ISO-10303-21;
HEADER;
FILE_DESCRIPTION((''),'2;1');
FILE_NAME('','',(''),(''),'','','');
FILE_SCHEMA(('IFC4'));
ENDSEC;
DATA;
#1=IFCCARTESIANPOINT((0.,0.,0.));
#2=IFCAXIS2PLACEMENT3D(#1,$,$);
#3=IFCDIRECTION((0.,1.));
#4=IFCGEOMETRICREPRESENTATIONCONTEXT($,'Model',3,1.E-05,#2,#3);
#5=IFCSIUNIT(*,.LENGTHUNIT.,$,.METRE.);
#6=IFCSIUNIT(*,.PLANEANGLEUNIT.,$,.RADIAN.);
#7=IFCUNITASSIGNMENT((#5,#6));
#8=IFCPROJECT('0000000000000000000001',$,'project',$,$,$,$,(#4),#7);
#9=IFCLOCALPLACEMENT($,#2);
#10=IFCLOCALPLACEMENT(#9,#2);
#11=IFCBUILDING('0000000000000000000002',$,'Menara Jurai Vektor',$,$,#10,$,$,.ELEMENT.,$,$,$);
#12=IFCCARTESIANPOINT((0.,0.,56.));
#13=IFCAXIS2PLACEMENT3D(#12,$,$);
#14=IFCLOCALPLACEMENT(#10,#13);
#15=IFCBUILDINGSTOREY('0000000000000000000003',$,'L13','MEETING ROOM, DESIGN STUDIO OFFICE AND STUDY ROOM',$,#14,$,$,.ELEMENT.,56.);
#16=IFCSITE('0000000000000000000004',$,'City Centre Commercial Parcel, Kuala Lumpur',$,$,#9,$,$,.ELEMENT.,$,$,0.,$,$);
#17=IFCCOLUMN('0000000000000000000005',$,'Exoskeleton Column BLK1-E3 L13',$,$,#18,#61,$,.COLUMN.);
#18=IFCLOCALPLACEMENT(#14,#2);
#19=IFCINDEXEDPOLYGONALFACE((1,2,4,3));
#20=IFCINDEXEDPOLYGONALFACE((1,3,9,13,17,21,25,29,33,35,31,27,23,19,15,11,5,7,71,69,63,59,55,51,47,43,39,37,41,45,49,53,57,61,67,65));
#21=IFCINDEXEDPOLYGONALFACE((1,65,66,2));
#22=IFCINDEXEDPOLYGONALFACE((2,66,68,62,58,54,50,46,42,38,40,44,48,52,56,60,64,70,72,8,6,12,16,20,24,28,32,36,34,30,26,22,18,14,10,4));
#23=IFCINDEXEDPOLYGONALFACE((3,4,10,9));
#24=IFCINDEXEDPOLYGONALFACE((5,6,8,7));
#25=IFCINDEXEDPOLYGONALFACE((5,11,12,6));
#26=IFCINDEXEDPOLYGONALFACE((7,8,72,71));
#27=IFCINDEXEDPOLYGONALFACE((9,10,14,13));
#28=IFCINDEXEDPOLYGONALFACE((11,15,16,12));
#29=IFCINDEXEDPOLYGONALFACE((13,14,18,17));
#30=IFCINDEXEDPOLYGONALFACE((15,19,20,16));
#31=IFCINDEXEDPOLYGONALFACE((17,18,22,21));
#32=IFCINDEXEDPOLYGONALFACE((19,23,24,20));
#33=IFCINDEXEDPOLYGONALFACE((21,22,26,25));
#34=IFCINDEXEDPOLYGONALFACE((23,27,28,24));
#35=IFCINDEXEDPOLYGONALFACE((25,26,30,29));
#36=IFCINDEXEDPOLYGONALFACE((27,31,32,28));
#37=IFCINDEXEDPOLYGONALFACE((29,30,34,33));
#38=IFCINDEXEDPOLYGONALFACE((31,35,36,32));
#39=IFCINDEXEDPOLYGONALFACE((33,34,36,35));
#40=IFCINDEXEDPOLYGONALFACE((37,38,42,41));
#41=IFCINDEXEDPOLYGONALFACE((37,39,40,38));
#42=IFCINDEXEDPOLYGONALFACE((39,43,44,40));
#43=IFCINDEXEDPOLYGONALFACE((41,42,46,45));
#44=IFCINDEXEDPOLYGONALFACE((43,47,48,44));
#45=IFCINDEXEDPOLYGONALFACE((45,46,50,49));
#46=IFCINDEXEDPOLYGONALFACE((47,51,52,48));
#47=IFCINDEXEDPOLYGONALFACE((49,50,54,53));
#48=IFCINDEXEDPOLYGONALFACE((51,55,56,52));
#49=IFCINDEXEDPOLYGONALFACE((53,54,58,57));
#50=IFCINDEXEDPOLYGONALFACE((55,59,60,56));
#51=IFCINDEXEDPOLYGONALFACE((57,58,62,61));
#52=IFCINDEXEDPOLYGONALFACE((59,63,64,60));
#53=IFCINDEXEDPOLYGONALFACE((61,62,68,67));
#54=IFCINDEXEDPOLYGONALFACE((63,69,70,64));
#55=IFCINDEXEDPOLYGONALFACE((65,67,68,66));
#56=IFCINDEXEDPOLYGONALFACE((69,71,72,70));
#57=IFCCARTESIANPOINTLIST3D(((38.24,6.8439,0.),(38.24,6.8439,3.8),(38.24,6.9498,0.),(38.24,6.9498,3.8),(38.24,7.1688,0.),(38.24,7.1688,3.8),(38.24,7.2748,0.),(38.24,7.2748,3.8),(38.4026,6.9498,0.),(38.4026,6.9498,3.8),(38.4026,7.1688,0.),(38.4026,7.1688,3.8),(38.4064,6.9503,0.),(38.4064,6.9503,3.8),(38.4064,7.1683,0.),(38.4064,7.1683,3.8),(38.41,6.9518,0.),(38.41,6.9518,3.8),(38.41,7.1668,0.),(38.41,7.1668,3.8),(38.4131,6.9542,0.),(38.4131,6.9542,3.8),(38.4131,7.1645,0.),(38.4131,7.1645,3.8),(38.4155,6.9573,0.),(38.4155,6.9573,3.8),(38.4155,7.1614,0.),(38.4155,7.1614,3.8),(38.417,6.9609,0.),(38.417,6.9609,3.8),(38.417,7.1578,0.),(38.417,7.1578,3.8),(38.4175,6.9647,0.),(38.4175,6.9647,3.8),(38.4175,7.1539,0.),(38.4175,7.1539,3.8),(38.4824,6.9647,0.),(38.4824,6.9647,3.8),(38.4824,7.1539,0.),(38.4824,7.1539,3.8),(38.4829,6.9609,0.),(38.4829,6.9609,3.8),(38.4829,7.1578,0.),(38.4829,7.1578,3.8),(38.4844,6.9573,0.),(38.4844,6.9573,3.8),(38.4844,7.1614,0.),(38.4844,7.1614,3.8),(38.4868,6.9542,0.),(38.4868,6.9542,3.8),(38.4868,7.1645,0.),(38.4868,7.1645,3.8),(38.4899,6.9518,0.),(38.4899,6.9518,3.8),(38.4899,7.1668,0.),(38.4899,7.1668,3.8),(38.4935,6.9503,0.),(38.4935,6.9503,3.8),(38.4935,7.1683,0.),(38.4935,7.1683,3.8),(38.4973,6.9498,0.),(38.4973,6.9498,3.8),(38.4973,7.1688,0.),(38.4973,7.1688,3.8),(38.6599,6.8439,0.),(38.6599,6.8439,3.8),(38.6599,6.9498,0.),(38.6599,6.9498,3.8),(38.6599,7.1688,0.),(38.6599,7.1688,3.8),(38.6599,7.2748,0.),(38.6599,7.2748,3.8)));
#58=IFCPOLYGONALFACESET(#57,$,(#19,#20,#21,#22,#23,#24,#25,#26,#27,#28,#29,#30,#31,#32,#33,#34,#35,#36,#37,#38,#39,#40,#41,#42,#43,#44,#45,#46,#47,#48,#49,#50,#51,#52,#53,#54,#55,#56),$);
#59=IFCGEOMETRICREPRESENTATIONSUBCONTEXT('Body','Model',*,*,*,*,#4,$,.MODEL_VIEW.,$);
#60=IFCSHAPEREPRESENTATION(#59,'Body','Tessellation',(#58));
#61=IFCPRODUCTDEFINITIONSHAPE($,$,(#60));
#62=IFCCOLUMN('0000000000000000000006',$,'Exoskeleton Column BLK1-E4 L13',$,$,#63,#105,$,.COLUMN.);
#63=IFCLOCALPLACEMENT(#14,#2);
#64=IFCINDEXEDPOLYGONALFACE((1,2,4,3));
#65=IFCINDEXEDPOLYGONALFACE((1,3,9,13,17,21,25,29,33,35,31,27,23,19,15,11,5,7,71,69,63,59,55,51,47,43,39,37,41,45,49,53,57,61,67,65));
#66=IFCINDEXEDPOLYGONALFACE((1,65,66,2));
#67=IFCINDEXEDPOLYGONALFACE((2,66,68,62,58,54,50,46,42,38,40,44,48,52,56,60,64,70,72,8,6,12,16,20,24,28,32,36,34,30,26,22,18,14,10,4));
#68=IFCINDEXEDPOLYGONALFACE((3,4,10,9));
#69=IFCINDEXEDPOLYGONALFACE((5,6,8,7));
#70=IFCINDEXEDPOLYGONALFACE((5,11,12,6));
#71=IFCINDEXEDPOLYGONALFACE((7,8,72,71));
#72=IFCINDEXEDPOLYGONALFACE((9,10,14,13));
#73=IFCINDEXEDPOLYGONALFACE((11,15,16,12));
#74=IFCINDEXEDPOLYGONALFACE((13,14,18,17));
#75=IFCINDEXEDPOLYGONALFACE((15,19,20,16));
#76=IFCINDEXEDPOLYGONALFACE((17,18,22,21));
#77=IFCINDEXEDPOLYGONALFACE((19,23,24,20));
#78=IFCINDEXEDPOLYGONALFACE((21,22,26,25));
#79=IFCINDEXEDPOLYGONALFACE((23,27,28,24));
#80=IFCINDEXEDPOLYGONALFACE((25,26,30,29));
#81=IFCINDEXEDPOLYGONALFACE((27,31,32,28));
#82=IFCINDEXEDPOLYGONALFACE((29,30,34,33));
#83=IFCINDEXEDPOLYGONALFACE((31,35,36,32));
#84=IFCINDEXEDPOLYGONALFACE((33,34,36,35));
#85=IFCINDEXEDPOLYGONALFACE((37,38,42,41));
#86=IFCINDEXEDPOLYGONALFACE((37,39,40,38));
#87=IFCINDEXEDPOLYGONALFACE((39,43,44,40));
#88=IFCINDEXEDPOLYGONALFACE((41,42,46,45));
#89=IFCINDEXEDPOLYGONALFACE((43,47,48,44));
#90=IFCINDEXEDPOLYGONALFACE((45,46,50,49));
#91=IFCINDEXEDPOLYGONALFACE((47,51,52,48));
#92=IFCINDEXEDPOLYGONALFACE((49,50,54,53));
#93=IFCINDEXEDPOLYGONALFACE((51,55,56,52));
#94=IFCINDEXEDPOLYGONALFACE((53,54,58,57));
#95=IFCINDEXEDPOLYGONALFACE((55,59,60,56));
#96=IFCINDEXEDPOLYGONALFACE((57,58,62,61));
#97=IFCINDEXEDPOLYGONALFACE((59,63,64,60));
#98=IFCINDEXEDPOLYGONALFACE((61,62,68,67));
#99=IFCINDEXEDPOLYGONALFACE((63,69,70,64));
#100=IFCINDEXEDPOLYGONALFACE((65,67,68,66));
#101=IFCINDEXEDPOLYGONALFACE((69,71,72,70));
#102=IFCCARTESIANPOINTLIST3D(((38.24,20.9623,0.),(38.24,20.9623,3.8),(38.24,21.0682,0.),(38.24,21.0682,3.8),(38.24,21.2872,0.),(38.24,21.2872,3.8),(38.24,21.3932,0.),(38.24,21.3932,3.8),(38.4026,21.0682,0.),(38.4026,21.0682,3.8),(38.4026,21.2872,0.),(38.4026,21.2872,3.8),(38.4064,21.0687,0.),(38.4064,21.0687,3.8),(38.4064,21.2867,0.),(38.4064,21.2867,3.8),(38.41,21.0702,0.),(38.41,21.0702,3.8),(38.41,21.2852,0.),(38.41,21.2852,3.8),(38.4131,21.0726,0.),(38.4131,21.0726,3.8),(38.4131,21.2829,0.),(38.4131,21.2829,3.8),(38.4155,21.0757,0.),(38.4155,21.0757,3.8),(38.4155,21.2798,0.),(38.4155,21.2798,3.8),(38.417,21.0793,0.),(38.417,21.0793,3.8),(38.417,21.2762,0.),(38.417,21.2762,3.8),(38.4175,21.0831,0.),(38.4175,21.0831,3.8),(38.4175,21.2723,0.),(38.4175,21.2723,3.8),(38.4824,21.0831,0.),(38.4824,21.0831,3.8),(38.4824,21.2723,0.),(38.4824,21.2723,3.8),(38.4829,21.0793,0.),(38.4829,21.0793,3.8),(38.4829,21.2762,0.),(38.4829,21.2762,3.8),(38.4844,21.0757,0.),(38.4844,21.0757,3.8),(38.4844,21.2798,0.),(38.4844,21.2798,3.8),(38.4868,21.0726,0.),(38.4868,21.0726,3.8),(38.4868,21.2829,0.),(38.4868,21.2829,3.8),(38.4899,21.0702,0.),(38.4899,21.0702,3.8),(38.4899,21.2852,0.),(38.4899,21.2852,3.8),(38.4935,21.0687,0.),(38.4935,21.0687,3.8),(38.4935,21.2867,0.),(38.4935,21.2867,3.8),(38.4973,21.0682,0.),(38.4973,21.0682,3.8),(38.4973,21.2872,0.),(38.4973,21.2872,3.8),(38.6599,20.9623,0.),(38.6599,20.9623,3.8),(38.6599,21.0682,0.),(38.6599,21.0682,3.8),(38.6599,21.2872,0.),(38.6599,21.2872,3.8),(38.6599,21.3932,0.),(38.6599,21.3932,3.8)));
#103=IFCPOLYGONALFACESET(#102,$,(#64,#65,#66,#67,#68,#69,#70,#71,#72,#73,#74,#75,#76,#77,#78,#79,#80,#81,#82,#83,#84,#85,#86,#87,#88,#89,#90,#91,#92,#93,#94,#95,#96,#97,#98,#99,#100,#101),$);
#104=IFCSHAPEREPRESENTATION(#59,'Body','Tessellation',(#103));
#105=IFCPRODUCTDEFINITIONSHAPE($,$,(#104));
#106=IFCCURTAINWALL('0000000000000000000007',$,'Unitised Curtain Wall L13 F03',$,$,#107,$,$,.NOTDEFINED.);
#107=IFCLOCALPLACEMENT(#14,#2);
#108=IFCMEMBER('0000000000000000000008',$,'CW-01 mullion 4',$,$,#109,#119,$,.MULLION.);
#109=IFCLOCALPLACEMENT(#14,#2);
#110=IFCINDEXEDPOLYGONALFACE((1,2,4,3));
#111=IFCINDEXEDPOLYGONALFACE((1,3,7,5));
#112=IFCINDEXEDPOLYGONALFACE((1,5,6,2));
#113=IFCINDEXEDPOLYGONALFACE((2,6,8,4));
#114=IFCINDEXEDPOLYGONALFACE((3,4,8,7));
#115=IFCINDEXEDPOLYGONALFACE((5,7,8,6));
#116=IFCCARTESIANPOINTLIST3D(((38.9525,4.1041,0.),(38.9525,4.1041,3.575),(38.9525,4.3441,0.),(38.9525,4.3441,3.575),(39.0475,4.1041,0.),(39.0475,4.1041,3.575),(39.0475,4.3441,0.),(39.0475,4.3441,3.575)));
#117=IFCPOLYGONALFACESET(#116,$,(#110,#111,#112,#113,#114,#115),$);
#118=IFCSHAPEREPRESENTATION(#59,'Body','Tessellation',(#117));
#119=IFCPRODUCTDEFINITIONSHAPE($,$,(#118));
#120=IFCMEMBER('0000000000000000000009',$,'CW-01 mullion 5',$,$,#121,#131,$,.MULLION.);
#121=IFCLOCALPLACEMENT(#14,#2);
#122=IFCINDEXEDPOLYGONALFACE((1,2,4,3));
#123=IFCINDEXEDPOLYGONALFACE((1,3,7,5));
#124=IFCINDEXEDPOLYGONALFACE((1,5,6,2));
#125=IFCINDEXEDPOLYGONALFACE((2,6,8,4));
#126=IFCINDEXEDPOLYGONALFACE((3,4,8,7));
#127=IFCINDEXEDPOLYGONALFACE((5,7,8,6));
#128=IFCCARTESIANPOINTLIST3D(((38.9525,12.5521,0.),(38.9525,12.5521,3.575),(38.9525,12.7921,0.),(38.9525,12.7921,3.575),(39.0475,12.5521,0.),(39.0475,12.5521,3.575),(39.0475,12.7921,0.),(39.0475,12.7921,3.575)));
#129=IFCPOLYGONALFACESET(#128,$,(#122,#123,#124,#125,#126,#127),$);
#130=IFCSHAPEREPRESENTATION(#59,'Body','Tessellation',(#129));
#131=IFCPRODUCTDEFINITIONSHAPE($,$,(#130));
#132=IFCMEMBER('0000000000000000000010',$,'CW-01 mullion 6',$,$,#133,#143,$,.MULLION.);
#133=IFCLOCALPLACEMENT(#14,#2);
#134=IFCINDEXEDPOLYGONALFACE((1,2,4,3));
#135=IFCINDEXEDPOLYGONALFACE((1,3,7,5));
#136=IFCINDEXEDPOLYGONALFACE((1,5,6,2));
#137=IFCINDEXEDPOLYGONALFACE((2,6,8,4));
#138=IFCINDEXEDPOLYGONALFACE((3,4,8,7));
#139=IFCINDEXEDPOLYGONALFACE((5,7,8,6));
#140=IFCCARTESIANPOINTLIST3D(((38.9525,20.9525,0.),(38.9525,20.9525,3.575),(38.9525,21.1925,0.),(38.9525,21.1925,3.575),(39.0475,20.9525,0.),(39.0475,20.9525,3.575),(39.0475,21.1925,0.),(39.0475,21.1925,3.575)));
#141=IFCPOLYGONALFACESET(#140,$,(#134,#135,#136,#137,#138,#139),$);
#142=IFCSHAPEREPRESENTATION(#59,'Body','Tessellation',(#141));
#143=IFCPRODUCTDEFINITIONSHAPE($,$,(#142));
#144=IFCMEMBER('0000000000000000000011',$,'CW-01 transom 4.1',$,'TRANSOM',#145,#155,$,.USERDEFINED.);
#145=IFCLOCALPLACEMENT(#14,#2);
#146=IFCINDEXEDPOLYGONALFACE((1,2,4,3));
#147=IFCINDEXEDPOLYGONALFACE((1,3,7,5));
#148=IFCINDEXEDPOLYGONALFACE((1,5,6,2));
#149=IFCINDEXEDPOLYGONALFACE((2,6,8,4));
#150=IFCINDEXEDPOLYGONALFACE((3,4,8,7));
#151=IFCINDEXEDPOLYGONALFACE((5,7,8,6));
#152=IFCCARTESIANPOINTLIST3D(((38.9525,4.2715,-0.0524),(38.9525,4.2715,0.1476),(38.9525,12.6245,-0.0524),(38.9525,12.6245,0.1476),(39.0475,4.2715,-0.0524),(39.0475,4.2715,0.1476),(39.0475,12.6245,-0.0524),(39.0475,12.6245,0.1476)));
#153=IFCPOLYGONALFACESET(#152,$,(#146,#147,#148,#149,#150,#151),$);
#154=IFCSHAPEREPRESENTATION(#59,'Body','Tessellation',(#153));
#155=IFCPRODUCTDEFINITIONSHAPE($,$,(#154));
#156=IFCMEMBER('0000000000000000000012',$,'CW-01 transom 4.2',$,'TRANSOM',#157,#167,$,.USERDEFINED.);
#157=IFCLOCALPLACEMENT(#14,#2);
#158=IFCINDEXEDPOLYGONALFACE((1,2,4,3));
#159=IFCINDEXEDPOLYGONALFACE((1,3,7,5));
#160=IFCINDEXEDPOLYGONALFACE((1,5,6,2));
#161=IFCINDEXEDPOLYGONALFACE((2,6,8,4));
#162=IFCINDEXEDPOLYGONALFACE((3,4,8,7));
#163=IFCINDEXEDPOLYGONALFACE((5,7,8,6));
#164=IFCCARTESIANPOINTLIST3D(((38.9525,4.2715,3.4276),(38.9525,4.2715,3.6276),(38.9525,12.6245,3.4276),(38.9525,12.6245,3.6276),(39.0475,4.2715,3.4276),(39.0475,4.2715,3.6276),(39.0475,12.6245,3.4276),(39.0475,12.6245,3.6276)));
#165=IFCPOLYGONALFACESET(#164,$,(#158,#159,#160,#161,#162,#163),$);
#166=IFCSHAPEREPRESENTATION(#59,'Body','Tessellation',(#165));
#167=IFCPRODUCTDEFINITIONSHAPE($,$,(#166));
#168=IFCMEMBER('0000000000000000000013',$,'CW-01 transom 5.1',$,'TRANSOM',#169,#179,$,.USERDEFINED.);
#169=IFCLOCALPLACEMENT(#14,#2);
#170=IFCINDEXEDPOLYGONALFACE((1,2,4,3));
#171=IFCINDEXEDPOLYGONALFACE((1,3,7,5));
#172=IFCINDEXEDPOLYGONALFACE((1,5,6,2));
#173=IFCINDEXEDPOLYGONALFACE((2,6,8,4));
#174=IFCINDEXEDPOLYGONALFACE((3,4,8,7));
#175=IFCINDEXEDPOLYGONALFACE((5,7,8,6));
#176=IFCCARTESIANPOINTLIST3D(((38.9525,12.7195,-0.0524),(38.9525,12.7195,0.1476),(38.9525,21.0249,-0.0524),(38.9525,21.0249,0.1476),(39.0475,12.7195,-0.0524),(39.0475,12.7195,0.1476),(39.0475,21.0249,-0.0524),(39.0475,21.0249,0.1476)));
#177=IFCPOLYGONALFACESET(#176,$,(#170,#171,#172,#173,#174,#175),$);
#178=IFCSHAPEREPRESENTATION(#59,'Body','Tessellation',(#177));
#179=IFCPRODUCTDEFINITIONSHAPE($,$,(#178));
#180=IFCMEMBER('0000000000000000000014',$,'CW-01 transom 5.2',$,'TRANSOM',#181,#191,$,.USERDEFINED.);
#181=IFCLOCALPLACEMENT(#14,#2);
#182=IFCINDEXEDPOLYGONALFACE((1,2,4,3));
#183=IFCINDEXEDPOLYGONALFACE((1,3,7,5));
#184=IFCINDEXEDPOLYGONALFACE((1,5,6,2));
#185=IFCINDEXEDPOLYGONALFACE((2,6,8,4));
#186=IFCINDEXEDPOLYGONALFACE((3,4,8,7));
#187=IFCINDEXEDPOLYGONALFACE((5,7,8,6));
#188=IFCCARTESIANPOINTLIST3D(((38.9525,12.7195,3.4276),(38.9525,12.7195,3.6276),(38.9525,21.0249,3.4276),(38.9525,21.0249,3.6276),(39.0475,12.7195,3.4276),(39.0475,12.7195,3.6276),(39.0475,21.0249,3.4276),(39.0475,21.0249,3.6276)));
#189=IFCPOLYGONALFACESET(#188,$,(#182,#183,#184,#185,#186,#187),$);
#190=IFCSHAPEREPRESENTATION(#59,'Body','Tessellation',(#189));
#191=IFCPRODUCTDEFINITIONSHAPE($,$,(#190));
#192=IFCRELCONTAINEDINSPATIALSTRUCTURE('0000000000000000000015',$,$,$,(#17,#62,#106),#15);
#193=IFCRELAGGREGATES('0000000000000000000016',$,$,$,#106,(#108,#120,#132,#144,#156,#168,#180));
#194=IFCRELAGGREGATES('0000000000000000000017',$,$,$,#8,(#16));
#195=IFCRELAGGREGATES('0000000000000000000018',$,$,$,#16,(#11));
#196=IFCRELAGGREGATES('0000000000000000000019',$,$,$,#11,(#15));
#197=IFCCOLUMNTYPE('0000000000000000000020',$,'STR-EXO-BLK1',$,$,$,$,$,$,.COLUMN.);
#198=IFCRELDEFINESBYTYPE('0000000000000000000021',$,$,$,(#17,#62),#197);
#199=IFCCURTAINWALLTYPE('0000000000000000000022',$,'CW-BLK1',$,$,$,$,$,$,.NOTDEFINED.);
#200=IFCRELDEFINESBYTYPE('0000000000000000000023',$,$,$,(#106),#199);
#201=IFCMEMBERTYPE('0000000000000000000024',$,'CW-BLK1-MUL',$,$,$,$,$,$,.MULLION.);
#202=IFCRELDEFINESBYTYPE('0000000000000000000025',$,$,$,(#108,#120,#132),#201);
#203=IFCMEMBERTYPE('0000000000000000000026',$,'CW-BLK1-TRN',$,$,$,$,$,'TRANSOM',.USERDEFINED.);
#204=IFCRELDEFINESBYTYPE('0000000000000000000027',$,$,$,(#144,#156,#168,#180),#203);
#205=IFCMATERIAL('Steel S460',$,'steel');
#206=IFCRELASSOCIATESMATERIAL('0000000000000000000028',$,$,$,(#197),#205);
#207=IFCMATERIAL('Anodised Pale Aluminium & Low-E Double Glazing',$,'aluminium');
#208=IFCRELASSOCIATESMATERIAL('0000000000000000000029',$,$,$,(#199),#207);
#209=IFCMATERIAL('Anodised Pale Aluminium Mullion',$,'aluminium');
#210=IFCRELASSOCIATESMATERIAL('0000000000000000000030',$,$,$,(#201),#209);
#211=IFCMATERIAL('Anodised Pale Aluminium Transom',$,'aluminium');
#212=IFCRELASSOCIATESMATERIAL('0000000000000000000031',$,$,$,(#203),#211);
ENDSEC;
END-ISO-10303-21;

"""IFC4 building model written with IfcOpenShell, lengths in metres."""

from ifc_helpers import new_model, si_unit, direction, frame, origin, origin_2d, place, context, subcontext, project, spatial, rectangle, i_section, extrude, material, material_profile, profile_set, type_object, element, aggregate, save


model = new_model("IFC4")

# Units and contexts
model_context = context("Model", 3, precision=1e-05, world=origin(), true_north=direction((0.0, 1.0)))
body_context = subcontext(model_context, "Body", "Model", "MODEL_VIEW")
ifc_project = project(units=[si_unit("LENGTHUNIT", "METRE"), si_unit("PLANEANGLEUNIT", "RADIAN")], contexts=[model_context])

# Site, building, storey
site_placement = place(None, origin())
site = spatial("IfcSite", under=ifc_project, at=site_placement, Name="City Centre Commercial Parcel, Kuala Lumpur", CompositionType="ELEMENT", RefElevation=0.0)
building_placement = place(site_placement, origin())
building = spatial("IfcBuilding", under=site, at=building_placement, Name="Menara Jurai Vektor", CompositionType="ELEMENT")
storey_placement = place(building_placement, frame((0.0, 0.0, 56.0)))
storey = spatial("IfcBuildingStorey", under=building, at=storey_placement, Name="L13", Description="MEETING ROOM, DESIGN STUDIO OFFICE AND STUDY ROOM", CompositionType="ELEMENT", Elevation=56.0)

# Columns
ifc_material_1 = material(Name="Steel S460", Category="steel")
ifc_material_profile_1 = material_profile(ifc_material_1, i_section(OverallWidth=0.4199, OverallDepth=0.4309, WebThickness=0.0649, FlangeThickness=0.106, FilletRadius=0.0149, at=origin_2d()), Name="HD 400x900")
ifc_profile_set_1 = profile_set([ifc_material_profile_1], Name="Steel S460")
column_type = type_object("IfcColumnType", Name="STR-EXO-BLK1", PredefinedType="COLUMN", material=ifc_profile_set_1)
for number, where, z_axis, x_axis, name in (
    (1, (38.45, 7.0593, 0.0), (0.0, 0.0, 1.0), (1.0, 0.0, 0.0), "Exoskeleton Column BLK1-E3 L13"),
    (2, (38.45, 21.1777, 0.0), (0.0, 0.0, 1.0), (1.0, 0.0, 0.0), "Exoskeleton Column BLK1-E4 L13"),
):
    element("IfcColumn", number, at=place(storey_placement, frame(where, z_axis=z_axis, x_axis=x_axis)), inside=storey, type_object=column_type, Name=name, PredefinedType="COLUMN", context=body_context, shape_type="SweptSolid", body=[
        extrude(i_section(OverallWidth=0.4199, OverallDepth=0.4309, WebThickness=0.0649, FlangeThickness=0.106, FilletRadius=0.0149, at=origin_2d()), origin(), (0.0, 0.0, 1.0), 3.8),
    ])

# Curtain wall, members
ifc_material_2 = material(Name="Anodised Pale Aluminium & Low-E Double Glazing", Category="aluminium")
curtain_wall_type = type_object("IfcCurtainWallType", Name="CW-BLK1", PredefinedType="NOTDEFINED", material=ifc_material_2)
curtain_wall_placement = place(storey_placement, origin())
curtain_wall = element("IfcCurtainWall", 3, at=curtain_wall_placement, inside=storey, type_object=curtain_wall_type, Name="Unitised Curtain Wall L13 F03", PredefinedType="NOTDEFINED")
ifc_material_3 = material(Name="Anodised Pale Aluminium Mullion", Category="aluminium")
ifc_material_profile_2 = material_profile(ifc_material_3, rectangle(XDim=0.095, YDim=0.24, at=origin_2d()), Name="ALU MUL 95x240")
ifc_profile_set_2 = profile_set([ifc_material_profile_2], Name="Anodised Pale Aluminium Mullion")
member_type_1 = type_object("IfcMemberType", Name="CW-BLK1-MUL", PredefinedType="MULLION", material=ifc_profile_set_2)
member_1_placement = place(storey_placement, frame((39.0, 4.2241, 0.0), z_axis=(0.0, 0.0, 1.0), x_axis=(-1.0, 0.0, 0.0)))
member_1 = element("IfcMember", 4, at=member_1_placement, type_object=member_type_1, Name="CW-01 mullion 4", PredefinedType="MULLION", context=body_context, shape_type="SweptSolid", body=[
    extrude(rectangle(XDim=0.095, YDim=0.24, at=origin_2d()), origin(), (0.0, 0.0, 1.0), 3.575),
])
member_2_placement = place(storey_placement, frame((39.0, 12.6721, 0.0), z_axis=(0.0, 0.0, 1.0), x_axis=(-1.0, 0.0, 0.0)))
member_2 = element("IfcMember", 5, at=member_2_placement, type_object=member_type_1, Name="CW-01 mullion 5", PredefinedType="MULLION", context=body_context, shape_type="SweptSolid", body=[
    extrude(rectangle(XDim=0.095, YDim=0.24, at=origin_2d()), origin(), (0.0, 0.0, 1.0), 3.575),
])
member_3_placement = place(storey_placement, frame((39.0, 21.0725, 0.0), z_axis=(0.0, 0.0, 1.0), x_axis=(-1.0, 0.0, 0.0)))
member_3 = element("IfcMember", 6, at=member_3_placement, type_object=member_type_1, Name="CW-01 mullion 6", PredefinedType="MULLION", context=body_context, shape_type="SweptSolid", body=[
    extrude(rectangle(XDim=0.095, YDim=0.24, at=origin_2d()), origin(), (0.0, 0.0, 1.0), 3.575),
])
ifc_material_4 = material(Name="Anodised Pale Aluminium Transom", Category="aluminium")
ifc_material_profile_3 = material_profile(ifc_material_4, rectangle(XDim=0.095, YDim=0.2, at=origin_2d()), Name="ALU TRN 95x200")
ifc_profile_set_3 = profile_set([ifc_material_profile_3], Name="Anodised Pale Aluminium Transom")
member_type_2 = type_object("IfcMemberType", Name="CW-BLK1-TRN", ElementType="TRANSOM", PredefinedType="USERDEFINED", material=ifc_profile_set_3)
member_4_placement = place(storey_placement, frame((39.0, 4.2715, 0.0476), z_axis=(0.0, 1.0, 0.0), x_axis=(-1.0, 0.0, 0.0)))
member_4 = element("IfcMember", 7, at=member_4_placement, type_object=member_type_2, Name="CW-01 transom 4.1", ObjectType="TRANSOM", PredefinedType="USERDEFINED", context=body_context, shape_type="SweptSolid", body=[
    extrude(rectangle(XDim=0.095, YDim=0.2, at=origin_2d()), origin(), (0.0, 0.0, 1.0), 8.353),
])
member_5_placement = place(storey_placement, frame((39.0, 4.2715, 3.5276), z_axis=(0.0, 1.0, 0.0), x_axis=(-1.0, 0.0, 0.0)))
member_5 = element("IfcMember", 8, at=member_5_placement, type_object=member_type_2, Name="CW-01 transom 4.2", ObjectType="TRANSOM", PredefinedType="USERDEFINED", context=body_context, shape_type="SweptSolid", body=[
    extrude(rectangle(XDim=0.095, YDim=0.2, at=origin_2d()), origin(), (0.0, 0.0, 1.0), 8.353),
])
member_6_placement = place(storey_placement, frame((39.0, 12.7195, 0.0476), z_axis=(0.0, 1.0, 0.0), x_axis=(-1.0, 0.0, 0.0)))
member_6 = element("IfcMember", 9, at=member_6_placement, type_object=member_type_2, Name="CW-01 transom 5.1", ObjectType="TRANSOM", PredefinedType="USERDEFINED", context=body_context, shape_type="SweptSolid", body=[
    extrude(rectangle(XDim=0.095, YDim=0.2, at=origin_2d()), origin(), (0.0, 0.0, 1.0), 8.3054),
])
member_7_placement = place(storey_placement, frame((39.0, 12.7195, 3.5276), z_axis=(0.0, 1.0, 0.0), x_axis=(-1.0, 0.0, 0.0)))
member_7 = element("IfcMember", 10, at=member_7_placement, type_object=member_type_2, Name="CW-01 transom 5.2", ObjectType="TRANSOM", PredefinedType="USERDEFINED", context=body_context, shape_type="SweptSolid", body=[
    extrude(rectangle(XDim=0.095, YDim=0.2, at=origin_2d()), origin(), (0.0, 0.0, 1.0), 8.3054),
])

aggregate(curtain_wall, [member_1, member_2, member_3, member_4, member_5, member_6, member_7])

save(model, "model.ifc")
